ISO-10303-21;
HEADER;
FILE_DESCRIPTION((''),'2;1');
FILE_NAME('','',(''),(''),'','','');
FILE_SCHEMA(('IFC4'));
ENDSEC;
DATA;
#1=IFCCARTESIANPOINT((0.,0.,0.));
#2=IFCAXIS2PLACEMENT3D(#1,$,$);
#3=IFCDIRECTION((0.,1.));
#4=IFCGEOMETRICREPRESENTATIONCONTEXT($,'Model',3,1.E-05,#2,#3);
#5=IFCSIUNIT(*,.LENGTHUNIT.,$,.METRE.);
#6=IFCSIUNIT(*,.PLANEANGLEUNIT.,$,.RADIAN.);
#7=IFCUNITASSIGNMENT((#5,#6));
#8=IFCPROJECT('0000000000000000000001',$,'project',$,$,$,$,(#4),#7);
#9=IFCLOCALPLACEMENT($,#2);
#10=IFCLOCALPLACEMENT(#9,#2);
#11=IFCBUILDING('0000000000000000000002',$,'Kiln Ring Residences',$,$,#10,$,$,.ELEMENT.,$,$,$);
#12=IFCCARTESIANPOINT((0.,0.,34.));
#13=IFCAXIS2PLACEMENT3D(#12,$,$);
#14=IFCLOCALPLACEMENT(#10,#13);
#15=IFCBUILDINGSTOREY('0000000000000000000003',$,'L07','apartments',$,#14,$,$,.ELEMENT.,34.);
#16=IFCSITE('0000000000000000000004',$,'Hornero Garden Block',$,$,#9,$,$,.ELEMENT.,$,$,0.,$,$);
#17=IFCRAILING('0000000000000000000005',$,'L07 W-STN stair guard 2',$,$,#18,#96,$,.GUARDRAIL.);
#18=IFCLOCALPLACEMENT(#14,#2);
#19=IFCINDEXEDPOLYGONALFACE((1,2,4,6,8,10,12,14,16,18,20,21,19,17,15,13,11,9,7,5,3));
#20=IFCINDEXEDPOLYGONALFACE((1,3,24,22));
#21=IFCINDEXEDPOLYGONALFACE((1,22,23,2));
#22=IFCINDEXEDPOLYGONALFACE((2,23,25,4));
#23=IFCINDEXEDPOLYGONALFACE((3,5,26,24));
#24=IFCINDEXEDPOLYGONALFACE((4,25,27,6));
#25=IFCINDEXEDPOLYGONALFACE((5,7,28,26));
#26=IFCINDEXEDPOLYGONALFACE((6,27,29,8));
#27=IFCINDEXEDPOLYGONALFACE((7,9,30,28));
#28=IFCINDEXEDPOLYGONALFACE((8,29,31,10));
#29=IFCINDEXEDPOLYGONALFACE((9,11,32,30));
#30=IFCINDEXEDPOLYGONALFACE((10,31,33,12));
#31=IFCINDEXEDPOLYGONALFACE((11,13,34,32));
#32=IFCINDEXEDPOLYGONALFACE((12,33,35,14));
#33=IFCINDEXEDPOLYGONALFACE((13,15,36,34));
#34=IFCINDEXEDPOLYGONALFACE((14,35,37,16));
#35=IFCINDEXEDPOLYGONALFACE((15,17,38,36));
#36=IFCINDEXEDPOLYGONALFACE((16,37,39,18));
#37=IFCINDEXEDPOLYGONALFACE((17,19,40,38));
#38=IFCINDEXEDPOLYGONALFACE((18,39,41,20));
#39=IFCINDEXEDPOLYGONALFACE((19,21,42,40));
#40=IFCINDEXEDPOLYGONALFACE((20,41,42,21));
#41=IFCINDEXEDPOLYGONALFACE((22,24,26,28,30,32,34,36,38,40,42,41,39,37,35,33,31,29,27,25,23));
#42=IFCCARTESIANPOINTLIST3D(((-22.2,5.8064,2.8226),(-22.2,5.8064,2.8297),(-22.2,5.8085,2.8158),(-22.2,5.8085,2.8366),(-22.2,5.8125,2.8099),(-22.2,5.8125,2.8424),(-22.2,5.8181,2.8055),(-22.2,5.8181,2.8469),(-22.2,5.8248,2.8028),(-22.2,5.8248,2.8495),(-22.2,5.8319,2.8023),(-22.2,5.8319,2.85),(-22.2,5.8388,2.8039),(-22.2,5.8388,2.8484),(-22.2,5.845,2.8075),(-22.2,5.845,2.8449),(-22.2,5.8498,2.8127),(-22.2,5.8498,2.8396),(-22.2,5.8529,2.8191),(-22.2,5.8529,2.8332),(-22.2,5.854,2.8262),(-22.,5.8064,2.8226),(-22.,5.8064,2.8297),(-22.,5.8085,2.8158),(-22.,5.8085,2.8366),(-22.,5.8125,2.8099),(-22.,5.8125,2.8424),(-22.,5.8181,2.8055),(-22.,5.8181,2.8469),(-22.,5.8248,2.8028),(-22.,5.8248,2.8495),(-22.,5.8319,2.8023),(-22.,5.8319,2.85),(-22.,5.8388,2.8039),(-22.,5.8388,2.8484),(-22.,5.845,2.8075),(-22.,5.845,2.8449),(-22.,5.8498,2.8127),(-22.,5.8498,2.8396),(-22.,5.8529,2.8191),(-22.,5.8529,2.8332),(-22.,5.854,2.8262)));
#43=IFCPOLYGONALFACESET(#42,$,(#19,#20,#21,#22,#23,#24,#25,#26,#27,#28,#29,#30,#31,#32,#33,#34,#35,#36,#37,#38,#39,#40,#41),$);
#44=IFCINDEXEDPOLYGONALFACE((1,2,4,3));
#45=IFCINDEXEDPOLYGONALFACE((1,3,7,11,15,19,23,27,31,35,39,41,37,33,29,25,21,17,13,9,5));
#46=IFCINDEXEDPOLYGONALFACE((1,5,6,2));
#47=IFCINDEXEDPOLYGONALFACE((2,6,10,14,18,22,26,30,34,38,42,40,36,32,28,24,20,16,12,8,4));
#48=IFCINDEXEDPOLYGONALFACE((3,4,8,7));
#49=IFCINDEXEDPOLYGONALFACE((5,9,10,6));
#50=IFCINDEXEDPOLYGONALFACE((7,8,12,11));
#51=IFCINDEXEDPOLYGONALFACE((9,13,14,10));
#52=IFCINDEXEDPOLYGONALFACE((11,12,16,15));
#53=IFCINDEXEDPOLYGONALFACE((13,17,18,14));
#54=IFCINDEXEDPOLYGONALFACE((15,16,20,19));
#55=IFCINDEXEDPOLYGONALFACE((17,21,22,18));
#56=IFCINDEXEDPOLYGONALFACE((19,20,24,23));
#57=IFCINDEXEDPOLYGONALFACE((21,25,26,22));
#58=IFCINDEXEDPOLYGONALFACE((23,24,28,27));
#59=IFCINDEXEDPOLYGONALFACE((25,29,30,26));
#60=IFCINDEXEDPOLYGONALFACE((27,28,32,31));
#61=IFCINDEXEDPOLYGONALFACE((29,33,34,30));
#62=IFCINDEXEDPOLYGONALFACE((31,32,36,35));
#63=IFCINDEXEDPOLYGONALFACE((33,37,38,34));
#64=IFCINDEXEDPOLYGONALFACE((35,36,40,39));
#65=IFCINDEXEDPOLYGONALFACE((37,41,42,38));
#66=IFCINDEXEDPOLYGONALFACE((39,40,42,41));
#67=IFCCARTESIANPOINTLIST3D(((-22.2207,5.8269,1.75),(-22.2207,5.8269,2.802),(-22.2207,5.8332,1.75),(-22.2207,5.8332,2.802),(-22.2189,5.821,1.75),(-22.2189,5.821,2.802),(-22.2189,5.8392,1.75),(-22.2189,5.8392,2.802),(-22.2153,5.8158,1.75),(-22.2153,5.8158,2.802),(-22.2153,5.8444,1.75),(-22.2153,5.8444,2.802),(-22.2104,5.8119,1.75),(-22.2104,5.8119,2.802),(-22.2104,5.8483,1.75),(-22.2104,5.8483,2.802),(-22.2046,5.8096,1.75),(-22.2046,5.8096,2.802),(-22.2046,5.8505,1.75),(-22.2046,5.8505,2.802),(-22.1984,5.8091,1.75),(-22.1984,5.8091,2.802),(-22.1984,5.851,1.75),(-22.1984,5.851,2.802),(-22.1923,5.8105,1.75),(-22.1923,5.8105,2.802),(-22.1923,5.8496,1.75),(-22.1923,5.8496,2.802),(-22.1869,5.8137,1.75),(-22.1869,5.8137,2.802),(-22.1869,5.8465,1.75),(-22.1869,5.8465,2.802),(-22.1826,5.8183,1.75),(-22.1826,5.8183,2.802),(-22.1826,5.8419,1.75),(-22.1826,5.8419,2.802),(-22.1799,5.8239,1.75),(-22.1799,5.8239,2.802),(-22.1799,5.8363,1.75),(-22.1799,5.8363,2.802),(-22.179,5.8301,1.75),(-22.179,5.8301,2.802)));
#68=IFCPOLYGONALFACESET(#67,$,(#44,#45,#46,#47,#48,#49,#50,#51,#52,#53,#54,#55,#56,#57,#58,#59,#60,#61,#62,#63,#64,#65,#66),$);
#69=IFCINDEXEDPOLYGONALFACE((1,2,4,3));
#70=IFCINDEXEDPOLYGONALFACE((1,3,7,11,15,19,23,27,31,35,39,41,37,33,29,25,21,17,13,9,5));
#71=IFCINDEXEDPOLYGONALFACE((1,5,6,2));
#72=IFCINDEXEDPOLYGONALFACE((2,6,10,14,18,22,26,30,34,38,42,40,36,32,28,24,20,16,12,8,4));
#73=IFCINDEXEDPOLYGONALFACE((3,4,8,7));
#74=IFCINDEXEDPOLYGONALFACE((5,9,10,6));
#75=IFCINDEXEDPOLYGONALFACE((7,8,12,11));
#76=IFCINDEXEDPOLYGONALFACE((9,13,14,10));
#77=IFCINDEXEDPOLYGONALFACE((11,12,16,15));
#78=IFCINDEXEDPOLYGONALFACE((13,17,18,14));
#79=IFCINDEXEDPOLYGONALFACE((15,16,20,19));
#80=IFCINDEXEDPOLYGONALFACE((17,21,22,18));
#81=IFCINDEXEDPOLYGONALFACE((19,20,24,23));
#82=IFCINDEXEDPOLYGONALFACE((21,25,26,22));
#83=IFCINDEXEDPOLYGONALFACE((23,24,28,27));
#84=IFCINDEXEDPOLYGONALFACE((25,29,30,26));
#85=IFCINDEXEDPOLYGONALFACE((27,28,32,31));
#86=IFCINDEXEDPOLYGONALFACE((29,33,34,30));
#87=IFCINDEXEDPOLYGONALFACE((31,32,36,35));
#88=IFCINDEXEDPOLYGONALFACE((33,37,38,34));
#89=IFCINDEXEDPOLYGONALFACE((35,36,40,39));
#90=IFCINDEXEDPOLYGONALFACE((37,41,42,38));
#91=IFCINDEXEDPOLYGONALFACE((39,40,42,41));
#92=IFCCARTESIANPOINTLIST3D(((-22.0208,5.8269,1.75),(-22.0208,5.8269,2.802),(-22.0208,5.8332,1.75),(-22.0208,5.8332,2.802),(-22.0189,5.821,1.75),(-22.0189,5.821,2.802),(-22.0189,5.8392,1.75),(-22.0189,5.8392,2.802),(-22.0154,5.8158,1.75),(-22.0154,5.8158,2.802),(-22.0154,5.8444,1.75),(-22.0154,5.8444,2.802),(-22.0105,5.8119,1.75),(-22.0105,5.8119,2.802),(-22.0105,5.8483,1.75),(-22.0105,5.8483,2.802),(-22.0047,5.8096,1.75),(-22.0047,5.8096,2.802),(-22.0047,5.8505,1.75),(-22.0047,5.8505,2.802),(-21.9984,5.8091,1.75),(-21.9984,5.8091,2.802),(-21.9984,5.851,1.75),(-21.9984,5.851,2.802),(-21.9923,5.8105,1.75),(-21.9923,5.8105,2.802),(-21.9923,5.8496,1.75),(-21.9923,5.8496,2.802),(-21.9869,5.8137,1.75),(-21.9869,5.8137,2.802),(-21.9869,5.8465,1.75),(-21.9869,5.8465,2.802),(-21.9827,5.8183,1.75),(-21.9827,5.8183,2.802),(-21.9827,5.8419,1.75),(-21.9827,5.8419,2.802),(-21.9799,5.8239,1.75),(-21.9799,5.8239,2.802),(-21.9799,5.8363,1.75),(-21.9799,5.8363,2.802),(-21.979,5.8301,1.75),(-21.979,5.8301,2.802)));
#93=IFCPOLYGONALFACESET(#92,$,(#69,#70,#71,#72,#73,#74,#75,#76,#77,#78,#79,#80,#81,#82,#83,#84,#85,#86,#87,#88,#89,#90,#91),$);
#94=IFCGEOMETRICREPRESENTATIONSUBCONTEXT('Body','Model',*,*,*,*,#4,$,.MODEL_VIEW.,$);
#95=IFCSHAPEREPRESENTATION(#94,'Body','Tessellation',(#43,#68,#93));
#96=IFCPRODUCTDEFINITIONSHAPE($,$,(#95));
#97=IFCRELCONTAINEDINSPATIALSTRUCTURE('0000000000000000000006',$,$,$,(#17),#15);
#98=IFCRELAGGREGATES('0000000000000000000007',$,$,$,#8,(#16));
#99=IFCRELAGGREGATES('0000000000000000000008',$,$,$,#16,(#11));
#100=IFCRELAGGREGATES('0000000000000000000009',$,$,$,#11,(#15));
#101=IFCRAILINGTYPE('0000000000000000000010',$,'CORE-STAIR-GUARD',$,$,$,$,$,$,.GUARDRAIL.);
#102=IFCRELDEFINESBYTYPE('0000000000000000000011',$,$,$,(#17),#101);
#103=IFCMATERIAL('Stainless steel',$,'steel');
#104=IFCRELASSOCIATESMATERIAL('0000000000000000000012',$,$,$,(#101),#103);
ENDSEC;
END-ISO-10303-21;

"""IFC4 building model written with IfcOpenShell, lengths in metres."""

from ifc_helpers import new_model, si_unit, direction, frame, origin, origin_2d, place, context, subcontext, project, spatial, circle, extrude, material, type_object, element, save


model = new_model("IFC4")

# Units and contexts
model_context = context("Model", 3, precision=1e-05, world=origin(), true_north=direction((0.0, 1.0)))
body_context = subcontext(model_context, "Body", "Model", "MODEL_VIEW")
ifc_project = project(units=[si_unit("LENGTHUNIT", "METRE"), si_unit("PLANEANGLEUNIT", "RADIAN")], contexts=[model_context])

# Site, building, storey
site_placement = place(None, origin())
site = spatial("IfcSite", under=ifc_project, at=site_placement, Name="Hornero Garden Block", CompositionType="ELEMENT", RefElevation=0.0)
building_placement = place(site_placement, origin())
building = spatial("IfcBuilding", under=site, at=building_placement, Name="Kiln Ring Residences", CompositionType="ELEMENT")
storey_placement = place(building_placement, frame((0.0, 0.0, 34.0)))
storey = spatial("IfcBuildingStorey", under=building, at=storey_placement, Name="L07", Description="apartments", CompositionType="ELEMENT", Elevation=34.0)

# Railing
ifc_material_1 = material(Name="Stainless steel", Category="steel")
railing_type_1 = type_object("IfcRailingType", Name="CORE-STAIR-GUARD", PredefinedType="GUARDRAIL", material=ifc_material_1)
railing_1_placement = place(storey_placement, frame((-22.2, 5.8301, 1.75)))
element("IfcRailing", 1, at=railing_1_placement, inside=storey, type_object=railing_type_1, Name="L07 W-STN stair guard 2", PredefinedType="GUARDRAIL", context=body_context, shape_type="SweptSolid", body=[
    extrude(circle(Radius=0.0239, at=origin_2d()), frame((0.0, 0.0, 1.0762), z_axis=(1.0, 0.0, 0.0), x_axis=(0.0, 1.0, 0.0)), (0.0, 0.0, 1.0), 0.2),
    extrude(circle(Radius=0.021, at=origin_2d()), origin(), (0.0, 0.0, 1.0), 1.052),
    extrude(circle(Radius=0.021, at=origin_2d()), frame((0.2, 0.0, 0.0)), (0.0, 0.0, 1.0), 1.052),
])

save(model, "model.ifc")
